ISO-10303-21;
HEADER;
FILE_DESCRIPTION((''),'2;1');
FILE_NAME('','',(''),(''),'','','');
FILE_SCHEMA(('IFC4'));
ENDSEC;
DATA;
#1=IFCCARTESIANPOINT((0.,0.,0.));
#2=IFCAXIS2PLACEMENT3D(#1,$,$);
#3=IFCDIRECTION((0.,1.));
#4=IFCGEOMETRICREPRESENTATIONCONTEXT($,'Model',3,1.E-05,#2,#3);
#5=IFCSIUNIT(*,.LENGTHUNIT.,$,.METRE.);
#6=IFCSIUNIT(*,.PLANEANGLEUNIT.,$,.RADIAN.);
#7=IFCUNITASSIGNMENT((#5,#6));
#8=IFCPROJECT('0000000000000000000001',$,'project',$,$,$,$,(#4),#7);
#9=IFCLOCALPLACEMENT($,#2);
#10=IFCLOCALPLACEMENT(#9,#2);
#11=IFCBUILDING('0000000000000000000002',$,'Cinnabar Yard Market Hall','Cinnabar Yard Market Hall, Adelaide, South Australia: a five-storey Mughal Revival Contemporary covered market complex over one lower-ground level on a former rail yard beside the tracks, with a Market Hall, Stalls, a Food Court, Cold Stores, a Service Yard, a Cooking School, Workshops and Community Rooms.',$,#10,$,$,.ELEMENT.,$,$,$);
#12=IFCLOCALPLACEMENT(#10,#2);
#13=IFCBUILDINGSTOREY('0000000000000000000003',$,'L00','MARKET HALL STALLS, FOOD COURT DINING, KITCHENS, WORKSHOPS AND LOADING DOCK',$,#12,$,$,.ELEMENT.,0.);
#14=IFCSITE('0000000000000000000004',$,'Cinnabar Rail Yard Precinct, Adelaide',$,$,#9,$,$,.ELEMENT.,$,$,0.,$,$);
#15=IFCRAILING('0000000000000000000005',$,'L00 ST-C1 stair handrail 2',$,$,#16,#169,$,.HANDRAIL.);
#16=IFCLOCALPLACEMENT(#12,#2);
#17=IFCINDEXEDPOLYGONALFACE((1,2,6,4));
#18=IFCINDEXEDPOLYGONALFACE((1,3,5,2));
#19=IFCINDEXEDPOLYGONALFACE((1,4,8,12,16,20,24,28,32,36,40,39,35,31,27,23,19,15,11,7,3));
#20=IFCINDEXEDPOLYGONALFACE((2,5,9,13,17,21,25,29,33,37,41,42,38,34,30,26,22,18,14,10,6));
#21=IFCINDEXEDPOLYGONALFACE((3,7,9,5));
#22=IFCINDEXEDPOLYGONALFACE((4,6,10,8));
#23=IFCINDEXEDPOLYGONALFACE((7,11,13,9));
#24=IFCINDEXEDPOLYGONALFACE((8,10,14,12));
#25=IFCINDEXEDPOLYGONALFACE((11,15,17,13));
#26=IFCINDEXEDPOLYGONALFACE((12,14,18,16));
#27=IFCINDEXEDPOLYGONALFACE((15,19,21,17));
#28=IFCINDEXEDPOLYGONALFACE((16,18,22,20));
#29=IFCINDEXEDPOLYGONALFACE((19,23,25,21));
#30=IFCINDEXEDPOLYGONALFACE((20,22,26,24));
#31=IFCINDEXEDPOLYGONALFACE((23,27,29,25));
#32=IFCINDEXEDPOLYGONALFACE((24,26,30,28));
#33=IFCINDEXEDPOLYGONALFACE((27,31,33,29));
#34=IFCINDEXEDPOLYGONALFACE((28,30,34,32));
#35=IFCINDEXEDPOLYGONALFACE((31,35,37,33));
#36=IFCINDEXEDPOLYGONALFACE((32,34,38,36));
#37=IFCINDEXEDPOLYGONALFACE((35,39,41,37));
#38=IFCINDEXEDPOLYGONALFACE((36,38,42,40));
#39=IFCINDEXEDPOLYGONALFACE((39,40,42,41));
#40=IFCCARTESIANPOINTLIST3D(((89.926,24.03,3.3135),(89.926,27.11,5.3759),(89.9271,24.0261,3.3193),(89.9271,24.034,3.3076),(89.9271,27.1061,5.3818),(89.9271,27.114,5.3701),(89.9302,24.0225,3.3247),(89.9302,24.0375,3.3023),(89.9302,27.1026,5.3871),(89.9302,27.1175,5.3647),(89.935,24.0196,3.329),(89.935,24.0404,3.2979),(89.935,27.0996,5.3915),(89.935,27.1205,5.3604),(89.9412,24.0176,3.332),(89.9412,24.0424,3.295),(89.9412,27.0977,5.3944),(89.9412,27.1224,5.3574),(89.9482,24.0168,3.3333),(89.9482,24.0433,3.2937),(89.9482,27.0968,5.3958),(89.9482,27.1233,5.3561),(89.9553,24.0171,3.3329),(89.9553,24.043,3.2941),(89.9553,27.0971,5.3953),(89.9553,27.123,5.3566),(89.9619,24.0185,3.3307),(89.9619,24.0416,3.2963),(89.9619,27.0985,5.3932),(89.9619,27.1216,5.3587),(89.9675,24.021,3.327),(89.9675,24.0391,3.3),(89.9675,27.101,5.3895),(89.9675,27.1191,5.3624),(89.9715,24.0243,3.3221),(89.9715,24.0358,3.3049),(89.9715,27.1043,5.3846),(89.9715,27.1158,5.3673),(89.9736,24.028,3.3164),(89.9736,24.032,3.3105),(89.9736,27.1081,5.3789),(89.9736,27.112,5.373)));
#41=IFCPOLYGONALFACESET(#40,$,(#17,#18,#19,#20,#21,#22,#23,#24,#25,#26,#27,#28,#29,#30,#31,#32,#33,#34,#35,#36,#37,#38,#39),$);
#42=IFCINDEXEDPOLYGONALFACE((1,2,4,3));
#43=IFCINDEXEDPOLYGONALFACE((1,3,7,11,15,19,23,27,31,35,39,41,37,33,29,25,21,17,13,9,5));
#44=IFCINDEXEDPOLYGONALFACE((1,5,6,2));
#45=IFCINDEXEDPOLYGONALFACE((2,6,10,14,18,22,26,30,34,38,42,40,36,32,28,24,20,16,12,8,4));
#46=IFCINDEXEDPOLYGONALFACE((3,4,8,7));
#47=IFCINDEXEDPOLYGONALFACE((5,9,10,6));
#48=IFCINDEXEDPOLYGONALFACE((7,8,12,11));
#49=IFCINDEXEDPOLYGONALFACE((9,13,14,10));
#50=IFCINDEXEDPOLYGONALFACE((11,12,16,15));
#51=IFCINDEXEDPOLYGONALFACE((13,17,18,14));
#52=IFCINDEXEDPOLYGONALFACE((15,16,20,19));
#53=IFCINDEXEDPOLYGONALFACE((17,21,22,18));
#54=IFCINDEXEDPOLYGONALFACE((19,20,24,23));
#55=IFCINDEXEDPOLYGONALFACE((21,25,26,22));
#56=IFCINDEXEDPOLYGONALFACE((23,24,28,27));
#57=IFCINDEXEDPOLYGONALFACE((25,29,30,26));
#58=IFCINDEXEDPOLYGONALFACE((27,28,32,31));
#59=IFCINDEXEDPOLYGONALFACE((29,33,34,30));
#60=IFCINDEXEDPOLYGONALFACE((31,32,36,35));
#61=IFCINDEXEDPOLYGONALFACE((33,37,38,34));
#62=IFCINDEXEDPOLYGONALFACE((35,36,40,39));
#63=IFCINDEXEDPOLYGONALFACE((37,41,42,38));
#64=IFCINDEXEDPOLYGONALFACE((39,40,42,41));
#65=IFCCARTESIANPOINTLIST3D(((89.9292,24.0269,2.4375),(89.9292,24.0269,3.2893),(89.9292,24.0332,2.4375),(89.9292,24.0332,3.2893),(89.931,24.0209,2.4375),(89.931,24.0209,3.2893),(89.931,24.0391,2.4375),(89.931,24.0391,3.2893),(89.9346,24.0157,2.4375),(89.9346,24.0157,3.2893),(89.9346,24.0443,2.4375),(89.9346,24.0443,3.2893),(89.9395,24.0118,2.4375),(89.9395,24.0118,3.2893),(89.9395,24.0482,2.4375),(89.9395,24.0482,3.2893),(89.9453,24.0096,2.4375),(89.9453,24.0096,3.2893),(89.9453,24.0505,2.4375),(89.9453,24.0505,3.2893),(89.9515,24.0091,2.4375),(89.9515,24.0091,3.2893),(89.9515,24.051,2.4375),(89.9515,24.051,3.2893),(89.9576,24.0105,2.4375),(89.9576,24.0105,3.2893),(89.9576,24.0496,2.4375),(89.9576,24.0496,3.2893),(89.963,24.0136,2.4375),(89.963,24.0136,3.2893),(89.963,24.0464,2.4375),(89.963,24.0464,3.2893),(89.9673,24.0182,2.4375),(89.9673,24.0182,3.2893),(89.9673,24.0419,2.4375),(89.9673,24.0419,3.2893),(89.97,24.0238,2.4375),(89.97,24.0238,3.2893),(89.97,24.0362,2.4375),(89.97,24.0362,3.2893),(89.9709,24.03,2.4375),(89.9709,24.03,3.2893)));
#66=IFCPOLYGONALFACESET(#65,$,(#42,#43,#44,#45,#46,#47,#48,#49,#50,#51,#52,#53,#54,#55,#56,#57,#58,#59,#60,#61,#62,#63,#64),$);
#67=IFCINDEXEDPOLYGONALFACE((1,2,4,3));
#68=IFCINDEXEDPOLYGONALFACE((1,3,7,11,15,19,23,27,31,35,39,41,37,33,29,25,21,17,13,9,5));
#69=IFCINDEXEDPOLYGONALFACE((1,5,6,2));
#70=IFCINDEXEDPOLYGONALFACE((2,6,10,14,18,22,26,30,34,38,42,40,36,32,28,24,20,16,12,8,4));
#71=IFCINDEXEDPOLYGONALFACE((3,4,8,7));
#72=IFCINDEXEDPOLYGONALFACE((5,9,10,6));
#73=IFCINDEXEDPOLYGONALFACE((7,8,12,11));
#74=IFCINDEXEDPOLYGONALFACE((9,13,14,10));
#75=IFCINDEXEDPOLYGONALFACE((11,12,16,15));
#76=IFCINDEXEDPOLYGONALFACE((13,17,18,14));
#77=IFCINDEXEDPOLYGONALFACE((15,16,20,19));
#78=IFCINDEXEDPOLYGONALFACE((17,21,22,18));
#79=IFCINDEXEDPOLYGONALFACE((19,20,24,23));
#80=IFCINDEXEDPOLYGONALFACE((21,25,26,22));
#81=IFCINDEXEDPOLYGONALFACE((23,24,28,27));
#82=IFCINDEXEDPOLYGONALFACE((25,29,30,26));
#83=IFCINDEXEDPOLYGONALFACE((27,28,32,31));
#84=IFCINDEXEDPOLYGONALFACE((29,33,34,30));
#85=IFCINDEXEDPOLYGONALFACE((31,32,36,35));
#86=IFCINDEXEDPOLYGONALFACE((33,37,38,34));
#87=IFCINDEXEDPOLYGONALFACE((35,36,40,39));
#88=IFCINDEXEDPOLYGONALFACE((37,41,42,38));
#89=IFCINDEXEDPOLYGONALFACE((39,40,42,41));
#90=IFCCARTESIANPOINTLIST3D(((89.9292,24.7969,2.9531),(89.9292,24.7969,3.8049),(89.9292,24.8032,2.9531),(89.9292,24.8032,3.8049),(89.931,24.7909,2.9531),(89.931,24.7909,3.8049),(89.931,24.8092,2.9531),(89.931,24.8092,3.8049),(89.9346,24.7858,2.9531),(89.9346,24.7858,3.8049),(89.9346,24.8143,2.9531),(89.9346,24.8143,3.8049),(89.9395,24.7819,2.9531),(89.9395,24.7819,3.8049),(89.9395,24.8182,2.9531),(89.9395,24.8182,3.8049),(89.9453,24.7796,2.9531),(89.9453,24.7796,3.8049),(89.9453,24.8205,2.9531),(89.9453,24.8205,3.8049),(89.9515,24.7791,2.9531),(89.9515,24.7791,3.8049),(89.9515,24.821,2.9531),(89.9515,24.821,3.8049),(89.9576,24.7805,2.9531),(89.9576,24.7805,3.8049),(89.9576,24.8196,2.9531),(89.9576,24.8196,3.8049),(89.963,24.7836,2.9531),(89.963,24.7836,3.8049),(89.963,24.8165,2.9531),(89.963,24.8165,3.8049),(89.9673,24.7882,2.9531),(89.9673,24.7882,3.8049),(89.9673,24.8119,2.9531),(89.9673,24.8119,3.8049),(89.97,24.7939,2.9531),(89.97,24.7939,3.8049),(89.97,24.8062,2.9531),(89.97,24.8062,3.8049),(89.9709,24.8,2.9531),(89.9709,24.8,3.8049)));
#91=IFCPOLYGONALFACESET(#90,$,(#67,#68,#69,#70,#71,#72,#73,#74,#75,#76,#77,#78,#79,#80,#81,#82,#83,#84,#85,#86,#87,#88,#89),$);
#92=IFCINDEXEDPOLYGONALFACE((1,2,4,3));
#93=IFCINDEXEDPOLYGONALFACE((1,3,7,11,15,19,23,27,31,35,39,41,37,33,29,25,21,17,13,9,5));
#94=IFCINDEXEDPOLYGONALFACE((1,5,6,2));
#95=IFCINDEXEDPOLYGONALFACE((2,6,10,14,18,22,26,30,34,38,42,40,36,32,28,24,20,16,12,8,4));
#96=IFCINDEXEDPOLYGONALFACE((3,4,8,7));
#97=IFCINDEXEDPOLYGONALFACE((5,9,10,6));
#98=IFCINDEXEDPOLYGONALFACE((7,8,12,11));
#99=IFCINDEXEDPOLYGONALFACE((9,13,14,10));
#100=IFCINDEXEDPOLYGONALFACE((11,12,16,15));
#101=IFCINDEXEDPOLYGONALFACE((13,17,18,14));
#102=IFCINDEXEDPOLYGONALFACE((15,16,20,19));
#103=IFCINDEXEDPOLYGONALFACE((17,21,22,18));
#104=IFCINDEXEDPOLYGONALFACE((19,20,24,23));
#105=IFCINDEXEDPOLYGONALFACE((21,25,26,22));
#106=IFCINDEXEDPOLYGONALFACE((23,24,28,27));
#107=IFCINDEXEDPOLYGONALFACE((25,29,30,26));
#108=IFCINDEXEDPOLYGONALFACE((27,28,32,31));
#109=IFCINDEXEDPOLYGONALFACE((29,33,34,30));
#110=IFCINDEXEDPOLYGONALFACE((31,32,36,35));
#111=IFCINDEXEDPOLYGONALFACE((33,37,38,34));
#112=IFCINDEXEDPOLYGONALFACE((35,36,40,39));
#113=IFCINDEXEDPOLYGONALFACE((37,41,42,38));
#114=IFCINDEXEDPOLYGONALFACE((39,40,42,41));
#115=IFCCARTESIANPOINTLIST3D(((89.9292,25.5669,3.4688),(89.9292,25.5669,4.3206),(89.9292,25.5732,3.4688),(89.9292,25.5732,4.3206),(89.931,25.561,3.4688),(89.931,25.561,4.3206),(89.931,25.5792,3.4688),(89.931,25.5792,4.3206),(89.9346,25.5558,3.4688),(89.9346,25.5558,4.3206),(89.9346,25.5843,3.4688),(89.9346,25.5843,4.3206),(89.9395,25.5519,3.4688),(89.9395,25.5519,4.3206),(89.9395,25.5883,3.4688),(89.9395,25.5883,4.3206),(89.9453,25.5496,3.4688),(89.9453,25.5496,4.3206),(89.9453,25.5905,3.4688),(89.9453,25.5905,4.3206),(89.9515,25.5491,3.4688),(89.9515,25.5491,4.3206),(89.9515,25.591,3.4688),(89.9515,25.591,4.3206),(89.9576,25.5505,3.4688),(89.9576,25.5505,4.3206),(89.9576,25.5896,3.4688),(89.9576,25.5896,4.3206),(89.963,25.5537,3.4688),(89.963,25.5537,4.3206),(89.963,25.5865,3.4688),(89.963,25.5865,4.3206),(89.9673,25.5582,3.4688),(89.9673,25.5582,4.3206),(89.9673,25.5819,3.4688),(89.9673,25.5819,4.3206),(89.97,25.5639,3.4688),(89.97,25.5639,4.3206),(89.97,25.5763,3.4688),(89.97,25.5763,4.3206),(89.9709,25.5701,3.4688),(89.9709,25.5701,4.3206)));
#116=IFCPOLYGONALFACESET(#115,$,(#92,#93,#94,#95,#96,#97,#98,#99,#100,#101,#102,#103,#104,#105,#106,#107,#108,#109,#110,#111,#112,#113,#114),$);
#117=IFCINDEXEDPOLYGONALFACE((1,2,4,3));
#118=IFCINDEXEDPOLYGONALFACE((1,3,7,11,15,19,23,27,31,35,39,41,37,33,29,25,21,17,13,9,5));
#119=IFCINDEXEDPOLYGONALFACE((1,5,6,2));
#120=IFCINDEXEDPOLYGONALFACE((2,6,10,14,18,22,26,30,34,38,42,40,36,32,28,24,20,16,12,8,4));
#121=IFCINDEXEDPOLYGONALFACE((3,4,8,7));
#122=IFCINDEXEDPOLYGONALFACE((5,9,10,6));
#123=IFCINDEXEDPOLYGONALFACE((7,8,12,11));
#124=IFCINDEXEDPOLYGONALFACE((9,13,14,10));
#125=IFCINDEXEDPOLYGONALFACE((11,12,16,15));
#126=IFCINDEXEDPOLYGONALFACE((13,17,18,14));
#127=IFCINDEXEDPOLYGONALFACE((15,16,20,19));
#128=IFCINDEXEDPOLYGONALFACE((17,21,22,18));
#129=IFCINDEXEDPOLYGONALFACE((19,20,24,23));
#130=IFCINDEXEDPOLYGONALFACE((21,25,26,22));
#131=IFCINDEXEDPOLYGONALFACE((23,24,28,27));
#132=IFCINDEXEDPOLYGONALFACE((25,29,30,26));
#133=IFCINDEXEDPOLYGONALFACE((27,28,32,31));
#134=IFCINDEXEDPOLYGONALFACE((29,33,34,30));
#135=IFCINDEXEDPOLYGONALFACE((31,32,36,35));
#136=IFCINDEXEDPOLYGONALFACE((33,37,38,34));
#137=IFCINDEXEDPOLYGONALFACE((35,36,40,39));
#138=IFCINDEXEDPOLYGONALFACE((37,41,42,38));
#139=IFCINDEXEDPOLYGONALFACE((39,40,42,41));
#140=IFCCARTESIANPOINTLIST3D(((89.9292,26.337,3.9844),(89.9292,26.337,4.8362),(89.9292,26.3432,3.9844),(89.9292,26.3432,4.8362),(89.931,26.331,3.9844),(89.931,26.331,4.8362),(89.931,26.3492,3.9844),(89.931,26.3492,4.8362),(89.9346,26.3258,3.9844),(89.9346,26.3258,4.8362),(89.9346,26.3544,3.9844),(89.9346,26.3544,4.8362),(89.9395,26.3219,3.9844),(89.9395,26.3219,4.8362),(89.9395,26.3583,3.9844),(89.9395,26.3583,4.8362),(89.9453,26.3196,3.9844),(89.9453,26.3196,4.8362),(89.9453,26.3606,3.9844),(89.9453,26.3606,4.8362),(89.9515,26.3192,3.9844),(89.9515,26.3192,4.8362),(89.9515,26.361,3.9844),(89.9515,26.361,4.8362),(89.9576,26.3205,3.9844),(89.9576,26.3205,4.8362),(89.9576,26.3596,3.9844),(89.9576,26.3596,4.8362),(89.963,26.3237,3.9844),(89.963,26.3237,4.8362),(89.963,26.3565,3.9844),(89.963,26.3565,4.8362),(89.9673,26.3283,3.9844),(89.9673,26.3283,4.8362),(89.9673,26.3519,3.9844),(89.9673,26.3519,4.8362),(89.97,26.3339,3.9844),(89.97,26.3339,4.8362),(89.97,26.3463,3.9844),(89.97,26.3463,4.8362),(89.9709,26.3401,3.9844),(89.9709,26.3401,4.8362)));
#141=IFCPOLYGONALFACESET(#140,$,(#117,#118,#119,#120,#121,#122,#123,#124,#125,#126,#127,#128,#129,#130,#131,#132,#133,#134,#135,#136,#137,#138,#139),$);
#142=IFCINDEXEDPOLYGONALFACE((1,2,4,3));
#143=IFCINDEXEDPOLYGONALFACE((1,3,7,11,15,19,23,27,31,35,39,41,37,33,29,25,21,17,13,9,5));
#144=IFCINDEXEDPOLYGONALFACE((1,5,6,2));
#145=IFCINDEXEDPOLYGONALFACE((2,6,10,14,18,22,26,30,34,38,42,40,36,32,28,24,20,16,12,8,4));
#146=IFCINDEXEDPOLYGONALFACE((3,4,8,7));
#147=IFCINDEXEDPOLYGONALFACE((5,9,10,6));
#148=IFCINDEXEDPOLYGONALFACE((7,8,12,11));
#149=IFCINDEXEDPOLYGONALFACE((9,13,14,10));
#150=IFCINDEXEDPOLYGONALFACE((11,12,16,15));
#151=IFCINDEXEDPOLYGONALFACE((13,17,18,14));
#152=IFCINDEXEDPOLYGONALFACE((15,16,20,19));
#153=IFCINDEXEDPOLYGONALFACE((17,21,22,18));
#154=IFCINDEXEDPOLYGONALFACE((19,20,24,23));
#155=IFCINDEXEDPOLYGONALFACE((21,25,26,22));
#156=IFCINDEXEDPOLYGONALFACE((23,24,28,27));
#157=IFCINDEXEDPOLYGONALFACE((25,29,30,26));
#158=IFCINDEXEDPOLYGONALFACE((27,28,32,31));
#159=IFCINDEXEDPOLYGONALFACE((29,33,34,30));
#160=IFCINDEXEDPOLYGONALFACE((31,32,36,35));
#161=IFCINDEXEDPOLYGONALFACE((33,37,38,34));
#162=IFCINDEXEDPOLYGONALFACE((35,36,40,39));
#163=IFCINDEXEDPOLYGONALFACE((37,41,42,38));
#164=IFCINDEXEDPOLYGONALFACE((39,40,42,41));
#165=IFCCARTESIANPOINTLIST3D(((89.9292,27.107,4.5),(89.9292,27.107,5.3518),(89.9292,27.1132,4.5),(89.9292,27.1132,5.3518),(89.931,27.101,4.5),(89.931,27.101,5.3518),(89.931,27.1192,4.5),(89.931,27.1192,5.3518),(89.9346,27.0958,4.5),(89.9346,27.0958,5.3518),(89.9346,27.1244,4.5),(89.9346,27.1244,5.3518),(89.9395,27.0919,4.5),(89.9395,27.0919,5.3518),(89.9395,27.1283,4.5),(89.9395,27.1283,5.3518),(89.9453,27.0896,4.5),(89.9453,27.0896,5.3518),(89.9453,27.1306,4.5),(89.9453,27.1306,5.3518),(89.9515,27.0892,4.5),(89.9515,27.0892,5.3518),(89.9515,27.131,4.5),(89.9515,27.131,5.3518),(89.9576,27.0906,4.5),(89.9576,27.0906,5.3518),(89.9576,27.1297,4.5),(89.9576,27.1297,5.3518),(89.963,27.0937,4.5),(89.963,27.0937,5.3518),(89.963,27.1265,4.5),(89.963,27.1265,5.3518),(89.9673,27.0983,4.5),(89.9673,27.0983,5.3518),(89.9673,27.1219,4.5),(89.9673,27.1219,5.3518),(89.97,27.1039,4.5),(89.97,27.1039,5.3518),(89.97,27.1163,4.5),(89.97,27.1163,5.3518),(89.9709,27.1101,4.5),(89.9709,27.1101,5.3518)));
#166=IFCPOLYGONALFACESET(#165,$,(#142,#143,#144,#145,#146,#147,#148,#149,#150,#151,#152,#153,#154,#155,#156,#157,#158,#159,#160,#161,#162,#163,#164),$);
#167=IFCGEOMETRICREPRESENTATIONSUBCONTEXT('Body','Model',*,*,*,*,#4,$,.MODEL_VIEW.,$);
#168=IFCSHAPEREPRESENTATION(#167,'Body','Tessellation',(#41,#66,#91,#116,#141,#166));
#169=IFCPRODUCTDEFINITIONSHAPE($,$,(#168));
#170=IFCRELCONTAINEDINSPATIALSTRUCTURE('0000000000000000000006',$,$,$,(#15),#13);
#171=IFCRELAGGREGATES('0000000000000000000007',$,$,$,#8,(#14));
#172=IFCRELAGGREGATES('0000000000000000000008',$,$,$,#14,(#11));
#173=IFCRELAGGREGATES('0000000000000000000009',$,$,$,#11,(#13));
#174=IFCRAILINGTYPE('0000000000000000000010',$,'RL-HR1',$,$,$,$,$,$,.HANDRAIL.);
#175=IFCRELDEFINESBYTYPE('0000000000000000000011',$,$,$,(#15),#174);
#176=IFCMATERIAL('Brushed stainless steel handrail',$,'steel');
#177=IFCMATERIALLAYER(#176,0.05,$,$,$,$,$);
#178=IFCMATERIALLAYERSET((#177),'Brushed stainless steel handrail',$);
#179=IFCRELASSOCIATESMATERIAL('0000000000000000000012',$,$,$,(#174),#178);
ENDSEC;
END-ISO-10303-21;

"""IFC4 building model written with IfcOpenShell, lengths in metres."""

from ifc_helpers import new_model, si_unit, direction, frame, origin, origin_2d_with_axis, place, context, subcontext, project, spatial, circle, extrude, material, layer, layer_set, type_object, element, save


model = new_model("IFC4")

# Units and contexts
model_context = context("Model", 3, precision=1e-05, world=origin(), true_north=direction((0.0, 1.0)))
body_context = subcontext(model_context, "Body", "Model", "MODEL_VIEW")
ifc_project = project(units=[si_unit("LENGTHUNIT", "METRE"), si_unit("PLANEANGLEUNIT", "RADIAN")], contexts=[model_context])

# Site, building, storey
site_placement = place(None, origin())
site = spatial("IfcSite", under=ifc_project, at=site_placement, Name="Cinnabar Rail Yard Precinct, Adelaide", CompositionType="ELEMENT", RefElevation=0.0)
building_placement = place(site_placement, origin())
building = spatial("IfcBuilding", under=site, at=building_placement, Name="Cinnabar Yard Market Hall", Description="Cinnabar Yard Market Hall, Adelaide, South Australia: a five-storey Mughal Revival Contemporary covered market complex over one lower-ground level on a former rail yard beside the tracks, with a Market Hall, Stalls, a Food Court, Cold Stores, a Service Yard, a Cooking School, Workshops and Community Rooms.", CompositionType="ELEMENT")
storey_placement = place(building_placement, origin())
storey = spatial("IfcBuildingStorey", under=building, at=storey_placement, Name="L00", Description="MARKET HALL STALLS, FOOD COURT DINING, KITCHENS, WORKSHOPS AND LOADING DOCK", CompositionType="ELEMENT", Elevation=0.0)

# Railing
ifc_material_1 = material(Name="Brushed stainless steel handrail", Category="steel")
ifc_layer_1 = layer(ifc_material_1, 0.05)
ifc_layer_set_1 = layer_set([ifc_layer_1], Name="Brushed stainless steel handrail")
railing_type_1 = type_object("IfcRailingType", Name="RL-HR1", PredefinedType="HANDRAIL", material=ifc_layer_set_1)
railing_1_placement = place(storey_placement, frame((89.95, 24.03, 2.4375)))
element("IfcRailing", 1, at=railing_1_placement, inside=storey, type_object=railing_type_1, Name="L00 ST-C1 stair handrail 2", PredefinedType="HANDRAIL", context=body_context, shape_type="SweptSolid", body=[
    extrude(circle(Radius=0.0239, at=origin_2d_with_axis()), frame((0.0, 0.0, 0.876), z_axis=(0.0, 0.830914, 0.556401), x_axis=(-1.0, 0.0, 0.0)), (0.0, 0.0, 1.0), 3.7068),
    extrude(circle(Radius=0.021, at=origin_2d_with_axis()), origin(), (0.0, 0.0, 1.0), 0.8518),
    extrude(circle(Radius=0.021, at=origin_2d_with_axis()), frame((0.0, 0.77, 0.5156)), (0.0, 0.0, 1.0), 0.8518),
    extrude(circle(Radius=0.021, at=origin_2d_with_axis()), frame((0.0, 1.54, 1.0312)), (0.0, 0.0, 1.0), 0.8518),
    extrude(circle(Radius=0.021, at=origin_2d_with_axis()), frame((0.0, 2.3101, 1.5469)), (0.0, 0.0, 1.0), 0.8518),
    extrude(circle(Radius=0.021, at=origin_2d_with_axis()), frame((0.0, 3.0801, 2.0625)), (0.0, 0.0, 1.0), 0.8518),
])

save(model, "model.ifc")
